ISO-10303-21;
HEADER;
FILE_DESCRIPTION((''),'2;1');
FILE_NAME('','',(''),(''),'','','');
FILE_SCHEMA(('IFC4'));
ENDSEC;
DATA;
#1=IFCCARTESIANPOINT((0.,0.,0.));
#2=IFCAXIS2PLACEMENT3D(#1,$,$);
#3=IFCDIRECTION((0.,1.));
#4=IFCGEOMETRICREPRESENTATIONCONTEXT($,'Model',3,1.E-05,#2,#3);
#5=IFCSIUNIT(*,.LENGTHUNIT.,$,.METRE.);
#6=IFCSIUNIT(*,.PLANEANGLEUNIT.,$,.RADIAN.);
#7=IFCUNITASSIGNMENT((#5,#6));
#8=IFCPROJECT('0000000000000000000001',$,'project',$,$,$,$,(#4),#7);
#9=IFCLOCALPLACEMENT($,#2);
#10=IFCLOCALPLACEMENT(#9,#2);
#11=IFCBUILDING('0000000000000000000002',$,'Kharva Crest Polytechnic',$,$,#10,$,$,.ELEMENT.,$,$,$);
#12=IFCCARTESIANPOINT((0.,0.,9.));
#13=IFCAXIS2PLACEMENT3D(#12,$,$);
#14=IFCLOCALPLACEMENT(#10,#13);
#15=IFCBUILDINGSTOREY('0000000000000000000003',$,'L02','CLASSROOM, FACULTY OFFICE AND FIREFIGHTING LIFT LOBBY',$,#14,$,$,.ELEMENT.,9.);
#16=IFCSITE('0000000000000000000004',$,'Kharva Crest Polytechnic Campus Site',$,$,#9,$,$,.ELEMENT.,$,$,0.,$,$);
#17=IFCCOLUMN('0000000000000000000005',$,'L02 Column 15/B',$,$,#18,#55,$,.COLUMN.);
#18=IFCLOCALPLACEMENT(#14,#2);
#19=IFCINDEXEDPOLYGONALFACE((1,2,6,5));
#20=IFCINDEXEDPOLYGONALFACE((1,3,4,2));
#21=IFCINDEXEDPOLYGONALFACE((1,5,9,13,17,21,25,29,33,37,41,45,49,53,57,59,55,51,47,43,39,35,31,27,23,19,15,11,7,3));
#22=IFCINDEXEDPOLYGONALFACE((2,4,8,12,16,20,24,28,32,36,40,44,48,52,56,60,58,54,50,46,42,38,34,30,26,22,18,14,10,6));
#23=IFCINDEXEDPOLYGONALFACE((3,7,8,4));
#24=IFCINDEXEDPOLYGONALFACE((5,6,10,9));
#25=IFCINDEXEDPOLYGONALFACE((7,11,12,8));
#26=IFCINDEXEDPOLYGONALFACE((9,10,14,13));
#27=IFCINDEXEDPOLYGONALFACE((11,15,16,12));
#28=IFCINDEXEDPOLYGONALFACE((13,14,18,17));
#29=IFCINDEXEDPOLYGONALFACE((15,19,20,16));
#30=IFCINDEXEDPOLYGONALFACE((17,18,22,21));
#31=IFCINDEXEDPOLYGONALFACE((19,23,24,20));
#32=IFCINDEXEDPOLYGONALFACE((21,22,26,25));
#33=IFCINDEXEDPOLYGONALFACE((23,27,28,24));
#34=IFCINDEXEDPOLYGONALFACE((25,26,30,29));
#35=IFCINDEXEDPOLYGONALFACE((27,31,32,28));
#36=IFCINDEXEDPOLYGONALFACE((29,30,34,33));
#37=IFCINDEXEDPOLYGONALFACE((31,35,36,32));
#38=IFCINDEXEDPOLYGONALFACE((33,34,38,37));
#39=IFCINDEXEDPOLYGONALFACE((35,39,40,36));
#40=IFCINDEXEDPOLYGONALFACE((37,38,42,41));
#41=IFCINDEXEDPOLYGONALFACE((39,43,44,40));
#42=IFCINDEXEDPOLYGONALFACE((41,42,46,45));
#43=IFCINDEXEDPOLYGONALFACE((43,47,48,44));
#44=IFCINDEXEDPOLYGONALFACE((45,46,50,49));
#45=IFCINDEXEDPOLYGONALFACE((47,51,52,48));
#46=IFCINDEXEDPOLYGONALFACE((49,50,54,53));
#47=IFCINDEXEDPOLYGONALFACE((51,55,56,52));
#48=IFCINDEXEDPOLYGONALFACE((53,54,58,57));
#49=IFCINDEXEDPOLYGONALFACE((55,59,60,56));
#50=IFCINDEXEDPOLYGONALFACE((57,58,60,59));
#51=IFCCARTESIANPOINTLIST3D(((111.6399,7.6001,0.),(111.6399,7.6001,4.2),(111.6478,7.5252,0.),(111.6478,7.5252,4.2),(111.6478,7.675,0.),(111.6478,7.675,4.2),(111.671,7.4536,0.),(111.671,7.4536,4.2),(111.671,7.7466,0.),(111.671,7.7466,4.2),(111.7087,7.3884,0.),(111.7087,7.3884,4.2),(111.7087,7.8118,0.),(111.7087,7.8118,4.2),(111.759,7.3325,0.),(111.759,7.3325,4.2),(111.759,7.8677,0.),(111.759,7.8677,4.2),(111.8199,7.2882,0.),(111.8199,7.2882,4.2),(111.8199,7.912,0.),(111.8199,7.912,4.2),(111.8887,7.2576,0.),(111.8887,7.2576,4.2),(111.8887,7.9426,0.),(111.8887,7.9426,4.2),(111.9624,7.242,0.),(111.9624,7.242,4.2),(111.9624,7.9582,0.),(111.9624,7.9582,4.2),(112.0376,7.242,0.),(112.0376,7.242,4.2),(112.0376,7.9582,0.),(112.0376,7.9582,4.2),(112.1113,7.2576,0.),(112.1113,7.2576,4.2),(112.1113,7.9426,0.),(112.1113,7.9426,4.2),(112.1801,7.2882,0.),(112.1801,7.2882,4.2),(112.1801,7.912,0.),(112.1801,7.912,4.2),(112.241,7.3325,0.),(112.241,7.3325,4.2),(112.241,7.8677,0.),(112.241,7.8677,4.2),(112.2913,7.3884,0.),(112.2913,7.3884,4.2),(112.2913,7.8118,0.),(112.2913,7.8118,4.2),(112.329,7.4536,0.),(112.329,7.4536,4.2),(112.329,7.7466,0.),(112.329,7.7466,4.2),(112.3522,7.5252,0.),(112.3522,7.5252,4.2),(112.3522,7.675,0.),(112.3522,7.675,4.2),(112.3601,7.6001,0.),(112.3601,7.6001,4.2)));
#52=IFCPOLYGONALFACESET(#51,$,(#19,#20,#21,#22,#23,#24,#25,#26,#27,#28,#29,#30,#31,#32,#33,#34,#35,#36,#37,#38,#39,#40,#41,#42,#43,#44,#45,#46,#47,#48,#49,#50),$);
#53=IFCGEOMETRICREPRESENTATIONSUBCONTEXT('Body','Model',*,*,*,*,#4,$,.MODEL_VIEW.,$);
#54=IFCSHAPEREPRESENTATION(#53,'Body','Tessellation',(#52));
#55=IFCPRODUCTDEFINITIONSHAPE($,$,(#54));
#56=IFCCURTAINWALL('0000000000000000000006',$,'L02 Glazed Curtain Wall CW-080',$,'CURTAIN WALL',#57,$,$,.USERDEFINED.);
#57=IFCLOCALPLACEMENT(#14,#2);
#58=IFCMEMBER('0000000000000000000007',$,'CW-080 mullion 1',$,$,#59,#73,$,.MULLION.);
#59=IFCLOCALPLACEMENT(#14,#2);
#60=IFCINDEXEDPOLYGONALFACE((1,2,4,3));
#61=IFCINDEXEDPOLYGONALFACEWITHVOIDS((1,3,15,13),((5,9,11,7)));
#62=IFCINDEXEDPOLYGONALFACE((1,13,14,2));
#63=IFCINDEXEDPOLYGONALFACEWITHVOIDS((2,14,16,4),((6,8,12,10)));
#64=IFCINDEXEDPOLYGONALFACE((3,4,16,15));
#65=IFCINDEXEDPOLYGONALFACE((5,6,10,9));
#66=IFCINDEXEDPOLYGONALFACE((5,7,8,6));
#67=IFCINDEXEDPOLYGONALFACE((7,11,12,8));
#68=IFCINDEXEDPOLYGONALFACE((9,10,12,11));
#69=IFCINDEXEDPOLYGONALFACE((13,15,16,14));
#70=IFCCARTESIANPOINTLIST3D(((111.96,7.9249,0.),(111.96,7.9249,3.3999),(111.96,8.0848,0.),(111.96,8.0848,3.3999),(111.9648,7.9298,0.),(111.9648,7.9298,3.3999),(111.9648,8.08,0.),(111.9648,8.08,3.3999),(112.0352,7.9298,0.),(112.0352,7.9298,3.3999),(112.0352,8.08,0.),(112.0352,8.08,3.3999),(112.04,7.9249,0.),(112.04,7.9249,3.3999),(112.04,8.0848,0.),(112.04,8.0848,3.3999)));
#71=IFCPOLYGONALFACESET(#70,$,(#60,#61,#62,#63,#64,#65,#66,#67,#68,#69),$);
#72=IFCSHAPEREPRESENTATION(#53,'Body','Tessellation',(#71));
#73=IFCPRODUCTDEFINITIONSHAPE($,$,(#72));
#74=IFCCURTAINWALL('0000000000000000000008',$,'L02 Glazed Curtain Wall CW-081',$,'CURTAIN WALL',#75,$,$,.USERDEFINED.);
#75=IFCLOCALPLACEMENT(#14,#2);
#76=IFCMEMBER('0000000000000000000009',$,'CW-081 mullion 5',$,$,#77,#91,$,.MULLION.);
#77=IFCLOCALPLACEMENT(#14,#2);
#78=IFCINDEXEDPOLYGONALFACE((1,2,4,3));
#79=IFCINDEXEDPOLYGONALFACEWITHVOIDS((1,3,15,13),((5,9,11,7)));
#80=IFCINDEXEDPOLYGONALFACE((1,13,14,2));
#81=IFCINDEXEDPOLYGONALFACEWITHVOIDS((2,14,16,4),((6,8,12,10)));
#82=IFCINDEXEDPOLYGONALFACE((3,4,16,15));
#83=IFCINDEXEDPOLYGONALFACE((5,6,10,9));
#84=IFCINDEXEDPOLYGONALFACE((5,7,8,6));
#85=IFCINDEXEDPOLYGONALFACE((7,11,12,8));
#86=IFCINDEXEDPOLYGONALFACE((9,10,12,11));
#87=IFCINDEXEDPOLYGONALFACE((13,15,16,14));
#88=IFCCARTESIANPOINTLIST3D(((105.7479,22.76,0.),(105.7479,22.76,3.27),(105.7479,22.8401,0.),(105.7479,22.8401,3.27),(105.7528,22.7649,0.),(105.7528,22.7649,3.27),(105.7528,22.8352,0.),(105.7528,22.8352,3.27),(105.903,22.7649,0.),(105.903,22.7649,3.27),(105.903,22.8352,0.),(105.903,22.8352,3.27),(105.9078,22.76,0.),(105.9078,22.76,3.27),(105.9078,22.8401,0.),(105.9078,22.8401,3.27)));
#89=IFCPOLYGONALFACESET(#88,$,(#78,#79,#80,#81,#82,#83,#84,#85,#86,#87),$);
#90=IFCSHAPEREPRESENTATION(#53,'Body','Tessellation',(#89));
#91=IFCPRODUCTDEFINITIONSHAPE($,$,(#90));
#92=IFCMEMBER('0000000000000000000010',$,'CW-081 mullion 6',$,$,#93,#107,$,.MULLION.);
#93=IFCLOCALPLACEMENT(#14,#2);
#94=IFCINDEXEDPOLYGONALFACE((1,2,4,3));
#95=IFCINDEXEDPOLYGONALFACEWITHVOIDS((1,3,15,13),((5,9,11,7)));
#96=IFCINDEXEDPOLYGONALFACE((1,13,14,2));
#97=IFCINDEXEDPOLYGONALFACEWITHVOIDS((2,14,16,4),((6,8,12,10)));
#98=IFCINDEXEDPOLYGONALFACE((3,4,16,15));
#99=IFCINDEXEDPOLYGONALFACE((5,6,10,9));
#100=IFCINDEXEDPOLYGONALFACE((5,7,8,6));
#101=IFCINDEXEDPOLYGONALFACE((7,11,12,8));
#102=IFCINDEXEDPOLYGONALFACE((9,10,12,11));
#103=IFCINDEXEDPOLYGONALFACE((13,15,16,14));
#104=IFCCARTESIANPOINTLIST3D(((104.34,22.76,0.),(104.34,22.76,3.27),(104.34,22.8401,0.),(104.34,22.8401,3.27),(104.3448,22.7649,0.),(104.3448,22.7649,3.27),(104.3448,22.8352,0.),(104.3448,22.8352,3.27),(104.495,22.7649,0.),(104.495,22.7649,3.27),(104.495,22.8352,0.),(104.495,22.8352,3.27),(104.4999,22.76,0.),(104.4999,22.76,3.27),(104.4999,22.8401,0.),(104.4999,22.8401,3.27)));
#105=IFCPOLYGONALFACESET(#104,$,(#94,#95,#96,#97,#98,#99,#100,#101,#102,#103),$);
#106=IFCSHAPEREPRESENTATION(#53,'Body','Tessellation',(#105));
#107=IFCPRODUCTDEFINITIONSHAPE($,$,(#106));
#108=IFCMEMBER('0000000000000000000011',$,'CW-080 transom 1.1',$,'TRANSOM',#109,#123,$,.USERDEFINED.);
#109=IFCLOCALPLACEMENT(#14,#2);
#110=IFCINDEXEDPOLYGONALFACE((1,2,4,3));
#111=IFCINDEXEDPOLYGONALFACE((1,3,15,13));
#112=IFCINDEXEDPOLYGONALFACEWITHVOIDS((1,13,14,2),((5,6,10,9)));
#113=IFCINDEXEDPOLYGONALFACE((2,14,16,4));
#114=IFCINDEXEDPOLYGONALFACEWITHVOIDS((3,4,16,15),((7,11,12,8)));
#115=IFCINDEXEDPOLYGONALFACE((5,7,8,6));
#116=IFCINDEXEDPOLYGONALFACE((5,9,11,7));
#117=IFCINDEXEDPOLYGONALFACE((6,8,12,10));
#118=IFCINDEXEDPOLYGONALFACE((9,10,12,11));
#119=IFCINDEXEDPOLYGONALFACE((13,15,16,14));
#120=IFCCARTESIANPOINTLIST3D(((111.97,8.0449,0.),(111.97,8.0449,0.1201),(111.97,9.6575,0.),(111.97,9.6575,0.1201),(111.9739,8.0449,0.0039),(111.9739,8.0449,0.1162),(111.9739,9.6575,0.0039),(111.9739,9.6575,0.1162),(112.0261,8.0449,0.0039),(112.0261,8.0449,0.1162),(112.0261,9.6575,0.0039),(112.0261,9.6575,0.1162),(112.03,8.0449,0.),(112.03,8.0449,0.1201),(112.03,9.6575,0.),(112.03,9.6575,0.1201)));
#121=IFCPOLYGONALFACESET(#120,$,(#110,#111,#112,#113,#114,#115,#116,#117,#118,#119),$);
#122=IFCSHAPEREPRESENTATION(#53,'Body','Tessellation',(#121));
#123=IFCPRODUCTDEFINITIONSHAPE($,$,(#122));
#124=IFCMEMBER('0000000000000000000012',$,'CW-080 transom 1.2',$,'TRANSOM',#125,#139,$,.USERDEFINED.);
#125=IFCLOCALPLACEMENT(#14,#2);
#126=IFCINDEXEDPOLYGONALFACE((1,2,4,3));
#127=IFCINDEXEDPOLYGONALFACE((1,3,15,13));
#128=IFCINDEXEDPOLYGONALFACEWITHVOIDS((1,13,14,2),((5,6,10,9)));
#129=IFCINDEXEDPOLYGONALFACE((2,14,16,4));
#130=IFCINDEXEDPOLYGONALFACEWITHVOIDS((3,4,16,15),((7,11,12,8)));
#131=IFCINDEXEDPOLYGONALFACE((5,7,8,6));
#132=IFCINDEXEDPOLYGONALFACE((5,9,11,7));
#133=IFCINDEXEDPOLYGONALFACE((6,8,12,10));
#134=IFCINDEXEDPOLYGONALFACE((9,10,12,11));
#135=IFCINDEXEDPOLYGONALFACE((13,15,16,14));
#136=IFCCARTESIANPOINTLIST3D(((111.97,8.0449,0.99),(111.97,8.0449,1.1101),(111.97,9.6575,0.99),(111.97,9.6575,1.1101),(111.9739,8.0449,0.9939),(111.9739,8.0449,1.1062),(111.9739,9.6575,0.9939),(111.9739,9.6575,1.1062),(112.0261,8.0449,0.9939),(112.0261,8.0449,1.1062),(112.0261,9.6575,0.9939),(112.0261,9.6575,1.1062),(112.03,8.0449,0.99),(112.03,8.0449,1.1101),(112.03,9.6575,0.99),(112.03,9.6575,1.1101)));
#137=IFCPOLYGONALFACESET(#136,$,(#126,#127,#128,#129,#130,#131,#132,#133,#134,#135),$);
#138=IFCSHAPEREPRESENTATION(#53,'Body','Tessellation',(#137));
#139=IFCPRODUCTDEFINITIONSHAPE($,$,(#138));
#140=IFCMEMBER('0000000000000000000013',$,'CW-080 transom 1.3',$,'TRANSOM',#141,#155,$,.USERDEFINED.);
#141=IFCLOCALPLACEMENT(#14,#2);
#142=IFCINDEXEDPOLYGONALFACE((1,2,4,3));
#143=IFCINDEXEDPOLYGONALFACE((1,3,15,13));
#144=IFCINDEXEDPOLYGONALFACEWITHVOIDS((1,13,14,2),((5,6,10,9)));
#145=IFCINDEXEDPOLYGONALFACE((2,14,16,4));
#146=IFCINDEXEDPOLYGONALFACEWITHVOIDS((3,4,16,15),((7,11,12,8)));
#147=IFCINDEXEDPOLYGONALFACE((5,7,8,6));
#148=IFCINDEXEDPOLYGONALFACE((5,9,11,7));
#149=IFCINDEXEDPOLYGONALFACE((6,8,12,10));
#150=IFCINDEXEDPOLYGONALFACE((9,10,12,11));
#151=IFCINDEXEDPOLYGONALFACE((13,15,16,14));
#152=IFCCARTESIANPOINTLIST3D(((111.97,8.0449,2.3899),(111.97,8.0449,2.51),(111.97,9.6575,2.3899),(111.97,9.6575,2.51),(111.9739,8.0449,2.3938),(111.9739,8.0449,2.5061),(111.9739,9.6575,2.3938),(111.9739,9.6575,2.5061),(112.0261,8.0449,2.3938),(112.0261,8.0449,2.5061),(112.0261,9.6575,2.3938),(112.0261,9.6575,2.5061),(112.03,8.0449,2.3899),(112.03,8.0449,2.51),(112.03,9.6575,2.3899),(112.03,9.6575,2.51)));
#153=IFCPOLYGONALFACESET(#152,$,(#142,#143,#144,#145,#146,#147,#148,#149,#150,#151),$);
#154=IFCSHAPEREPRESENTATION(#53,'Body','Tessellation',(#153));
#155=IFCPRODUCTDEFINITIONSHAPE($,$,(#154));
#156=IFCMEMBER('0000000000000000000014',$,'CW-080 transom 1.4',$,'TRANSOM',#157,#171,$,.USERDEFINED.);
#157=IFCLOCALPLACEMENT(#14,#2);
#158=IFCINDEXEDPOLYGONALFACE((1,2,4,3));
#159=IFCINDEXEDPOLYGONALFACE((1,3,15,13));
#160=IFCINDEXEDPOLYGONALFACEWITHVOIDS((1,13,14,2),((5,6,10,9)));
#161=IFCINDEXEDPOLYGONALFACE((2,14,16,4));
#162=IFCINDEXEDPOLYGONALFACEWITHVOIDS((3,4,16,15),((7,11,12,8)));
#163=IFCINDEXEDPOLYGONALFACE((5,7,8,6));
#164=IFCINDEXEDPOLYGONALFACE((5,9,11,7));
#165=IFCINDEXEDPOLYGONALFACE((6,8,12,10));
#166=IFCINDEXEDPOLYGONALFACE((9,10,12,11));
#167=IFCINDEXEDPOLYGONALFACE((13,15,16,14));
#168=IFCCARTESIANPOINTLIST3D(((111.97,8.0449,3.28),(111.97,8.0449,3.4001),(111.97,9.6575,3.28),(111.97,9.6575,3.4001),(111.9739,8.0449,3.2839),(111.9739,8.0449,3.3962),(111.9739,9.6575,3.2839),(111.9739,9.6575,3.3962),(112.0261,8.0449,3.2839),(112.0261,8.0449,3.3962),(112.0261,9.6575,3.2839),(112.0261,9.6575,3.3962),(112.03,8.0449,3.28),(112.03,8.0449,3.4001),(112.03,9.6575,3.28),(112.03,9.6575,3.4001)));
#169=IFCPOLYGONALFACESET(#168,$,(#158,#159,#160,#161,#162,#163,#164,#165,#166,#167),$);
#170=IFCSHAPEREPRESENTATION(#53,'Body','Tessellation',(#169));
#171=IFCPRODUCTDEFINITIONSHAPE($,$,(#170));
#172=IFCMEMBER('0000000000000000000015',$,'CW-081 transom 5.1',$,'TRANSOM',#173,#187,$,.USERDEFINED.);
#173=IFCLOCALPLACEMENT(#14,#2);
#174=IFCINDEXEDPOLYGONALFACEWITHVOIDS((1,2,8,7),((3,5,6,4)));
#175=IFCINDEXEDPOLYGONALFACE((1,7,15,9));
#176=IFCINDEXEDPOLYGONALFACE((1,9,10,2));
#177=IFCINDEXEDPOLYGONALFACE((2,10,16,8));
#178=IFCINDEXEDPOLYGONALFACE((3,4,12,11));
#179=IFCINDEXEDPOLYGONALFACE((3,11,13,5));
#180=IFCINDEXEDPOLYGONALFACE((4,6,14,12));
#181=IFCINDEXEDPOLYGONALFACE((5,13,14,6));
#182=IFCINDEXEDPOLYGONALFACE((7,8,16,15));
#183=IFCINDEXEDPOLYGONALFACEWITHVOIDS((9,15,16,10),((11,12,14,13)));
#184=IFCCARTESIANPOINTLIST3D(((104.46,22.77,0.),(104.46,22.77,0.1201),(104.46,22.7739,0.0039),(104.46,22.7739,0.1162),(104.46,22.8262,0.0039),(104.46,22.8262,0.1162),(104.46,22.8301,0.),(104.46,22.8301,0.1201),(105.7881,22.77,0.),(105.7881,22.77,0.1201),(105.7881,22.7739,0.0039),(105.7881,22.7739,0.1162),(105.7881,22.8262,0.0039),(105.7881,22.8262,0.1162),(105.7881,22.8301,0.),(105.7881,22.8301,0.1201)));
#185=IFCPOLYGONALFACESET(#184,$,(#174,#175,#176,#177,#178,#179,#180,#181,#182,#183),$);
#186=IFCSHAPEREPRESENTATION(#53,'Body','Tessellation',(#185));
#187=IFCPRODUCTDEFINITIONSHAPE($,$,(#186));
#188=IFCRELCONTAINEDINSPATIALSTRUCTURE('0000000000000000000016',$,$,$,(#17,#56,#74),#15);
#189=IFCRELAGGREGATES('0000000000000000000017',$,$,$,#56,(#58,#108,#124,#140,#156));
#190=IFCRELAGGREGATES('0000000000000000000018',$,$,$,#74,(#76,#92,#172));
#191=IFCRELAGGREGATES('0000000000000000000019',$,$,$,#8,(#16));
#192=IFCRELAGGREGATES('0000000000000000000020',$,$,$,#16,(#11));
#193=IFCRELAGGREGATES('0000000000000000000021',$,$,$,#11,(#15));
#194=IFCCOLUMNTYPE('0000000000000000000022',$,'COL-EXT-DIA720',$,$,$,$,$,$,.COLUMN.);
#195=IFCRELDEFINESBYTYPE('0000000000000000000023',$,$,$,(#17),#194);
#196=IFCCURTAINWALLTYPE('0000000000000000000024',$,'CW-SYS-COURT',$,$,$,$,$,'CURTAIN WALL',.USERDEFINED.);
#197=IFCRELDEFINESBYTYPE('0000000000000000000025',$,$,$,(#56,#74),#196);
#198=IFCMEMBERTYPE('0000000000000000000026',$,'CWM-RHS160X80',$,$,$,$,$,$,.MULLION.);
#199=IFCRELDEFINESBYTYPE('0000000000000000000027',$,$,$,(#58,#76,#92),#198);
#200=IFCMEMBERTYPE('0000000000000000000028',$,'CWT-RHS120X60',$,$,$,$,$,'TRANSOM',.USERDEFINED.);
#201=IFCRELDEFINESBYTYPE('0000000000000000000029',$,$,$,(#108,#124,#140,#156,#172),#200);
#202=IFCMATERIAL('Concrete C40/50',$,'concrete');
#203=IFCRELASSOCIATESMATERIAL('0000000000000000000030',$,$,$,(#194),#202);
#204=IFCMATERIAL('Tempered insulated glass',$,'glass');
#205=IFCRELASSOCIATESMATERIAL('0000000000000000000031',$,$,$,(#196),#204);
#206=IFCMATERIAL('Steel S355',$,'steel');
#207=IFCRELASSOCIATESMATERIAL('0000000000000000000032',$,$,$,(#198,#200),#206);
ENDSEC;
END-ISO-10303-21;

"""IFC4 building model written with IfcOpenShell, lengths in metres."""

from ifc_helpers import new_model, si_unit, direction, frame, origin, origin_2d, place, context, subcontext, project, spatial, hollow_rectangle, circle, extrude, material, material_profile, profile_set, type_object, element, aggregate, save


model = new_model("IFC4")

# Units and contexts
model_context = context("Model", 3, precision=1e-05, world=origin(), true_north=direction((0.0, 1.0)))
body_context = subcontext(model_context, "Body", "Model", "MODEL_VIEW")
ifc_project = project(units=[si_unit("LENGTHUNIT", "METRE"), si_unit("PLANEANGLEUNIT", "RADIAN")], contexts=[model_context])

# Site, building, storey
site_placement = place(None, origin())
site = spatial("IfcSite", under=ifc_project, at=site_placement, Name="Kharva Crest Polytechnic Campus Site", CompositionType="ELEMENT", RefElevation=0.0)
building_placement = place(site_placement, origin())
building = spatial("IfcBuilding", under=site, at=building_placement, Name="Kharva Crest Polytechnic", CompositionType="ELEMENT")
storey_placement = place(building_placement, frame((0.0, 0.0, 9.0)))
storey = spatial("IfcBuildingStorey", under=building, at=storey_placement, Name="L02", Description="CLASSROOM, FACULTY OFFICE AND FIREFIGHTING LIFT LOBBY", CompositionType="ELEMENT", Elevation=9.0)

# Column
ifc_material_1 = material(Name="Concrete C40/50", Category="concrete")
ifc_material_profile_1 = material_profile(ifc_material_1, circle(Radius=0.3601, at=origin_2d()), Name="DIA 720")
ifc_profile_set_1 = profile_set([ifc_material_profile_1], Name="Concrete C40/50")
column_type = type_object("IfcColumnType", Name="COL-EXT-DIA720", PredefinedType="COLUMN", material=ifc_profile_set_1)
column_placement = place(storey_placement, frame((112.0, 7.6001, 0.0), z_axis=(0.0, 0.0, 1.0), x_axis=(1.0, 0.0, 0.0)))
element("IfcColumn", 1, at=column_placement, inside=storey, type_object=column_type, Name="L02 Column 15/B", PredefinedType="COLUMN", context=body_context, shape_type="SweptSolid", body=[
    extrude(circle(Radius=0.3601, at=origin_2d()), origin(), (0.0, 0.0, 1.0), 4.2),
])

# Curtain wall, member
ifc_material_2 = material(Name="Tempered insulated glass", Category="glass")
curtain_wall_type = type_object("IfcCurtainWallType", Name="CW-SYS-COURT", ElementType="CURTAIN WALL", PredefinedType="USERDEFINED", material=ifc_material_2)
curtain_wall_1_placement = place(storey_placement, origin())
curtain_wall_1 = element("IfcCurtainWall", 2, at=curtain_wall_1_placement, inside=storey, type_object=curtain_wall_type, Name="L02 Glazed Curtain Wall CW-080", ObjectType="CURTAIN WALL", PredefinedType="USERDEFINED")
ifc_material_3 = material(Name="Steel S355", Category="steel")
ifc_material_profile_2 = material_profile(ifc_material_3, hollow_rectangle(XDim=0.0801, YDim=0.1599, WallThickness=0.0049, at=origin_2d()), Name="RHS 160X80X5.0")
ifc_profile_set_2 = profile_set([ifc_material_profile_2], Name="Steel S355")
member_type_1 = type_object("IfcMemberType", Name="CWM-RHS160X80", PredefinedType="MULLION", material=ifc_profile_set_2)
member_1_placement = place(storey_placement, frame((112.0, 8.0049, 0.0), z_axis=(0.0, 0.0, 1.0), x_axis=(-1.0, 0.0, 0.0)))
member_1 = element("IfcMember", 3, at=member_1_placement, type_object=member_type_1, Name="CW-080 mullion 1", PredefinedType="MULLION", context=body_context, shape_type="SweptSolid", body=[
    extrude(hollow_rectangle(XDim=0.0801, YDim=0.1599, WallThickness=0.0049, at=origin_2d()), origin(), (0.0, 0.0, 1.0), 3.3999),
])

# Curtain wall, members
curtain_wall_2_placement = place(storey_placement, origin())
curtain_wall_2 = element("IfcCurtainWall", 4, at=curtain_wall_2_placement, inside=storey, type_object=curtain_wall_type, Name="L02 Glazed Curtain Wall CW-081", ObjectType="CURTAIN WALL", PredefinedType="USERDEFINED")
member_2_placement = place(storey_placement, frame((105.8279, 22.8, 0.0), z_axis=(0.0, 0.0, 1.0), x_axis=(0.0, -1.0, 0.0)))
member_2 = element("IfcMember", 5, at=member_2_placement, type_object=member_type_1, Name="CW-081 mullion 5", PredefinedType="MULLION", context=body_context, shape_type="SweptSolid", body=[
    extrude(hollow_rectangle(XDim=0.0801, YDim=0.1599, WallThickness=0.0049, at=origin_2d()), origin(), (0.0, 0.0, 1.0), 3.27),
])
member_3_placement = place(storey_placement, frame((104.4199, 22.8, 0.0), z_axis=(0.0, 0.0, 1.0), x_axis=(0.0, -1.0, 0.0)))
member_3 = element("IfcMember", 6, at=member_3_placement, type_object=member_type_1, Name="CW-081 mullion 6", PredefinedType="MULLION", context=body_context, shape_type="SweptSolid", body=[
    extrude(hollow_rectangle(XDim=0.0801, YDim=0.1599, WallThickness=0.0049, at=origin_2d()), origin(), (0.0, 0.0, 1.0), 3.27),
])

# Members
ifc_material_profile_3 = material_profile(ifc_material_3, hollow_rectangle(XDim=0.0601, YDim=0.1201, WallThickness=0.0039, at=origin_2d()), Name="RHS 120X60X4.0")
ifc_profile_set_3 = profile_set([ifc_material_profile_3], Name="Steel S355")
member_type_2 = type_object("IfcMemberType", Name="CWT-RHS120X60", ElementType="TRANSOM", PredefinedType="USERDEFINED", material=ifc_profile_set_3)
member_4_placement = place(storey_placement, frame((112.0, 8.0449, 0.0601), z_axis=(0.0, 1.0, 0.0), x_axis=(-1.0, 0.0, 0.0)))
member_4 = element("IfcMember", 7, at=member_4_placement, type_object=member_type_2, Name="CW-080 transom 1.1", ObjectType="TRANSOM", PredefinedType="USERDEFINED", context=body_context, shape_type="SweptSolid", body=[
    extrude(hollow_rectangle(XDim=0.0601, YDim=0.1201, WallThickness=0.0039, at=origin_2d()), origin(), (0.0, 0.0, 1.0), 1.6125),
])
member_5_placement = place(storey_placement, frame((112.0, 8.0449, 1.05), z_axis=(0.0, 1.0, 0.0), x_axis=(-1.0, 0.0, 0.0)))
member_5 = element("IfcMember", 8, at=member_5_placement, type_object=member_type_2, Name="CW-080 transom 1.2", ObjectType="TRANSOM", PredefinedType="USERDEFINED", context=body_context, shape_type="SweptSolid", body=[
    extrude(hollow_rectangle(XDim=0.0601, YDim=0.1201, WallThickness=0.0039, at=origin_2d()), origin(), (0.0, 0.0, 1.0), 1.6125),
])
member_6_placement = place(storey_placement, frame((112.0, 8.0449, 2.45), z_axis=(0.0, 1.0, 0.0), x_axis=(-1.0, 0.0, 0.0)))
member_6 = element("IfcMember", 9, at=member_6_placement, type_object=member_type_2, Name="CW-080 transom 1.3", ObjectType="TRANSOM", PredefinedType="USERDEFINED", context=body_context, shape_type="SweptSolid", body=[
    extrude(hollow_rectangle(XDim=0.0601, YDim=0.1201, WallThickness=0.0039, at=origin_2d()), origin(), (0.0, 0.0, 1.0), 1.6125),
])
member_7_placement = place(storey_placement, frame((112.0, 8.0449, 3.3401), z_axis=(0.0, 1.0, 0.0), x_axis=(-1.0, 0.0, 0.0)))
member_7 = element("IfcMember", 10, at=member_7_placement, type_object=member_type_2, Name="CW-080 transom 1.4", ObjectType="TRANSOM", PredefinedType="USERDEFINED", context=body_context, shape_type="SweptSolid", body=[
    extrude(hollow_rectangle(XDim=0.0601, YDim=0.1201, WallThickness=0.0039, at=origin_2d()), origin(), (0.0, 0.0, 1.0), 1.6125),
])
member_8_placement = place(storey_placement, frame((105.7881, 22.8, 0.0601), z_axis=(-1.0, 0.0, 0.0), x_axis=(0.0, -1.0, 0.0)))
member_8 = element("IfcMember", 11, at=member_8_placement, type_object=member_type_2, Name="CW-081 transom 5.1", ObjectType="TRANSOM", PredefinedType="USERDEFINED", context=body_context, shape_type="SweptSolid", body=[
    extrude(hollow_rectangle(XDim=0.0601, YDim=0.1201, WallThickness=0.0039, at=origin_2d()), origin(), (0.0, 0.0, 1.0), 1.3281),
])

aggregate(curtain_wall_1, [member_1, member_4, member_5, member_6, member_7])
aggregate(curtain_wall_2, [member_2, member_3, member_8])

save(model, "model.ifc")
